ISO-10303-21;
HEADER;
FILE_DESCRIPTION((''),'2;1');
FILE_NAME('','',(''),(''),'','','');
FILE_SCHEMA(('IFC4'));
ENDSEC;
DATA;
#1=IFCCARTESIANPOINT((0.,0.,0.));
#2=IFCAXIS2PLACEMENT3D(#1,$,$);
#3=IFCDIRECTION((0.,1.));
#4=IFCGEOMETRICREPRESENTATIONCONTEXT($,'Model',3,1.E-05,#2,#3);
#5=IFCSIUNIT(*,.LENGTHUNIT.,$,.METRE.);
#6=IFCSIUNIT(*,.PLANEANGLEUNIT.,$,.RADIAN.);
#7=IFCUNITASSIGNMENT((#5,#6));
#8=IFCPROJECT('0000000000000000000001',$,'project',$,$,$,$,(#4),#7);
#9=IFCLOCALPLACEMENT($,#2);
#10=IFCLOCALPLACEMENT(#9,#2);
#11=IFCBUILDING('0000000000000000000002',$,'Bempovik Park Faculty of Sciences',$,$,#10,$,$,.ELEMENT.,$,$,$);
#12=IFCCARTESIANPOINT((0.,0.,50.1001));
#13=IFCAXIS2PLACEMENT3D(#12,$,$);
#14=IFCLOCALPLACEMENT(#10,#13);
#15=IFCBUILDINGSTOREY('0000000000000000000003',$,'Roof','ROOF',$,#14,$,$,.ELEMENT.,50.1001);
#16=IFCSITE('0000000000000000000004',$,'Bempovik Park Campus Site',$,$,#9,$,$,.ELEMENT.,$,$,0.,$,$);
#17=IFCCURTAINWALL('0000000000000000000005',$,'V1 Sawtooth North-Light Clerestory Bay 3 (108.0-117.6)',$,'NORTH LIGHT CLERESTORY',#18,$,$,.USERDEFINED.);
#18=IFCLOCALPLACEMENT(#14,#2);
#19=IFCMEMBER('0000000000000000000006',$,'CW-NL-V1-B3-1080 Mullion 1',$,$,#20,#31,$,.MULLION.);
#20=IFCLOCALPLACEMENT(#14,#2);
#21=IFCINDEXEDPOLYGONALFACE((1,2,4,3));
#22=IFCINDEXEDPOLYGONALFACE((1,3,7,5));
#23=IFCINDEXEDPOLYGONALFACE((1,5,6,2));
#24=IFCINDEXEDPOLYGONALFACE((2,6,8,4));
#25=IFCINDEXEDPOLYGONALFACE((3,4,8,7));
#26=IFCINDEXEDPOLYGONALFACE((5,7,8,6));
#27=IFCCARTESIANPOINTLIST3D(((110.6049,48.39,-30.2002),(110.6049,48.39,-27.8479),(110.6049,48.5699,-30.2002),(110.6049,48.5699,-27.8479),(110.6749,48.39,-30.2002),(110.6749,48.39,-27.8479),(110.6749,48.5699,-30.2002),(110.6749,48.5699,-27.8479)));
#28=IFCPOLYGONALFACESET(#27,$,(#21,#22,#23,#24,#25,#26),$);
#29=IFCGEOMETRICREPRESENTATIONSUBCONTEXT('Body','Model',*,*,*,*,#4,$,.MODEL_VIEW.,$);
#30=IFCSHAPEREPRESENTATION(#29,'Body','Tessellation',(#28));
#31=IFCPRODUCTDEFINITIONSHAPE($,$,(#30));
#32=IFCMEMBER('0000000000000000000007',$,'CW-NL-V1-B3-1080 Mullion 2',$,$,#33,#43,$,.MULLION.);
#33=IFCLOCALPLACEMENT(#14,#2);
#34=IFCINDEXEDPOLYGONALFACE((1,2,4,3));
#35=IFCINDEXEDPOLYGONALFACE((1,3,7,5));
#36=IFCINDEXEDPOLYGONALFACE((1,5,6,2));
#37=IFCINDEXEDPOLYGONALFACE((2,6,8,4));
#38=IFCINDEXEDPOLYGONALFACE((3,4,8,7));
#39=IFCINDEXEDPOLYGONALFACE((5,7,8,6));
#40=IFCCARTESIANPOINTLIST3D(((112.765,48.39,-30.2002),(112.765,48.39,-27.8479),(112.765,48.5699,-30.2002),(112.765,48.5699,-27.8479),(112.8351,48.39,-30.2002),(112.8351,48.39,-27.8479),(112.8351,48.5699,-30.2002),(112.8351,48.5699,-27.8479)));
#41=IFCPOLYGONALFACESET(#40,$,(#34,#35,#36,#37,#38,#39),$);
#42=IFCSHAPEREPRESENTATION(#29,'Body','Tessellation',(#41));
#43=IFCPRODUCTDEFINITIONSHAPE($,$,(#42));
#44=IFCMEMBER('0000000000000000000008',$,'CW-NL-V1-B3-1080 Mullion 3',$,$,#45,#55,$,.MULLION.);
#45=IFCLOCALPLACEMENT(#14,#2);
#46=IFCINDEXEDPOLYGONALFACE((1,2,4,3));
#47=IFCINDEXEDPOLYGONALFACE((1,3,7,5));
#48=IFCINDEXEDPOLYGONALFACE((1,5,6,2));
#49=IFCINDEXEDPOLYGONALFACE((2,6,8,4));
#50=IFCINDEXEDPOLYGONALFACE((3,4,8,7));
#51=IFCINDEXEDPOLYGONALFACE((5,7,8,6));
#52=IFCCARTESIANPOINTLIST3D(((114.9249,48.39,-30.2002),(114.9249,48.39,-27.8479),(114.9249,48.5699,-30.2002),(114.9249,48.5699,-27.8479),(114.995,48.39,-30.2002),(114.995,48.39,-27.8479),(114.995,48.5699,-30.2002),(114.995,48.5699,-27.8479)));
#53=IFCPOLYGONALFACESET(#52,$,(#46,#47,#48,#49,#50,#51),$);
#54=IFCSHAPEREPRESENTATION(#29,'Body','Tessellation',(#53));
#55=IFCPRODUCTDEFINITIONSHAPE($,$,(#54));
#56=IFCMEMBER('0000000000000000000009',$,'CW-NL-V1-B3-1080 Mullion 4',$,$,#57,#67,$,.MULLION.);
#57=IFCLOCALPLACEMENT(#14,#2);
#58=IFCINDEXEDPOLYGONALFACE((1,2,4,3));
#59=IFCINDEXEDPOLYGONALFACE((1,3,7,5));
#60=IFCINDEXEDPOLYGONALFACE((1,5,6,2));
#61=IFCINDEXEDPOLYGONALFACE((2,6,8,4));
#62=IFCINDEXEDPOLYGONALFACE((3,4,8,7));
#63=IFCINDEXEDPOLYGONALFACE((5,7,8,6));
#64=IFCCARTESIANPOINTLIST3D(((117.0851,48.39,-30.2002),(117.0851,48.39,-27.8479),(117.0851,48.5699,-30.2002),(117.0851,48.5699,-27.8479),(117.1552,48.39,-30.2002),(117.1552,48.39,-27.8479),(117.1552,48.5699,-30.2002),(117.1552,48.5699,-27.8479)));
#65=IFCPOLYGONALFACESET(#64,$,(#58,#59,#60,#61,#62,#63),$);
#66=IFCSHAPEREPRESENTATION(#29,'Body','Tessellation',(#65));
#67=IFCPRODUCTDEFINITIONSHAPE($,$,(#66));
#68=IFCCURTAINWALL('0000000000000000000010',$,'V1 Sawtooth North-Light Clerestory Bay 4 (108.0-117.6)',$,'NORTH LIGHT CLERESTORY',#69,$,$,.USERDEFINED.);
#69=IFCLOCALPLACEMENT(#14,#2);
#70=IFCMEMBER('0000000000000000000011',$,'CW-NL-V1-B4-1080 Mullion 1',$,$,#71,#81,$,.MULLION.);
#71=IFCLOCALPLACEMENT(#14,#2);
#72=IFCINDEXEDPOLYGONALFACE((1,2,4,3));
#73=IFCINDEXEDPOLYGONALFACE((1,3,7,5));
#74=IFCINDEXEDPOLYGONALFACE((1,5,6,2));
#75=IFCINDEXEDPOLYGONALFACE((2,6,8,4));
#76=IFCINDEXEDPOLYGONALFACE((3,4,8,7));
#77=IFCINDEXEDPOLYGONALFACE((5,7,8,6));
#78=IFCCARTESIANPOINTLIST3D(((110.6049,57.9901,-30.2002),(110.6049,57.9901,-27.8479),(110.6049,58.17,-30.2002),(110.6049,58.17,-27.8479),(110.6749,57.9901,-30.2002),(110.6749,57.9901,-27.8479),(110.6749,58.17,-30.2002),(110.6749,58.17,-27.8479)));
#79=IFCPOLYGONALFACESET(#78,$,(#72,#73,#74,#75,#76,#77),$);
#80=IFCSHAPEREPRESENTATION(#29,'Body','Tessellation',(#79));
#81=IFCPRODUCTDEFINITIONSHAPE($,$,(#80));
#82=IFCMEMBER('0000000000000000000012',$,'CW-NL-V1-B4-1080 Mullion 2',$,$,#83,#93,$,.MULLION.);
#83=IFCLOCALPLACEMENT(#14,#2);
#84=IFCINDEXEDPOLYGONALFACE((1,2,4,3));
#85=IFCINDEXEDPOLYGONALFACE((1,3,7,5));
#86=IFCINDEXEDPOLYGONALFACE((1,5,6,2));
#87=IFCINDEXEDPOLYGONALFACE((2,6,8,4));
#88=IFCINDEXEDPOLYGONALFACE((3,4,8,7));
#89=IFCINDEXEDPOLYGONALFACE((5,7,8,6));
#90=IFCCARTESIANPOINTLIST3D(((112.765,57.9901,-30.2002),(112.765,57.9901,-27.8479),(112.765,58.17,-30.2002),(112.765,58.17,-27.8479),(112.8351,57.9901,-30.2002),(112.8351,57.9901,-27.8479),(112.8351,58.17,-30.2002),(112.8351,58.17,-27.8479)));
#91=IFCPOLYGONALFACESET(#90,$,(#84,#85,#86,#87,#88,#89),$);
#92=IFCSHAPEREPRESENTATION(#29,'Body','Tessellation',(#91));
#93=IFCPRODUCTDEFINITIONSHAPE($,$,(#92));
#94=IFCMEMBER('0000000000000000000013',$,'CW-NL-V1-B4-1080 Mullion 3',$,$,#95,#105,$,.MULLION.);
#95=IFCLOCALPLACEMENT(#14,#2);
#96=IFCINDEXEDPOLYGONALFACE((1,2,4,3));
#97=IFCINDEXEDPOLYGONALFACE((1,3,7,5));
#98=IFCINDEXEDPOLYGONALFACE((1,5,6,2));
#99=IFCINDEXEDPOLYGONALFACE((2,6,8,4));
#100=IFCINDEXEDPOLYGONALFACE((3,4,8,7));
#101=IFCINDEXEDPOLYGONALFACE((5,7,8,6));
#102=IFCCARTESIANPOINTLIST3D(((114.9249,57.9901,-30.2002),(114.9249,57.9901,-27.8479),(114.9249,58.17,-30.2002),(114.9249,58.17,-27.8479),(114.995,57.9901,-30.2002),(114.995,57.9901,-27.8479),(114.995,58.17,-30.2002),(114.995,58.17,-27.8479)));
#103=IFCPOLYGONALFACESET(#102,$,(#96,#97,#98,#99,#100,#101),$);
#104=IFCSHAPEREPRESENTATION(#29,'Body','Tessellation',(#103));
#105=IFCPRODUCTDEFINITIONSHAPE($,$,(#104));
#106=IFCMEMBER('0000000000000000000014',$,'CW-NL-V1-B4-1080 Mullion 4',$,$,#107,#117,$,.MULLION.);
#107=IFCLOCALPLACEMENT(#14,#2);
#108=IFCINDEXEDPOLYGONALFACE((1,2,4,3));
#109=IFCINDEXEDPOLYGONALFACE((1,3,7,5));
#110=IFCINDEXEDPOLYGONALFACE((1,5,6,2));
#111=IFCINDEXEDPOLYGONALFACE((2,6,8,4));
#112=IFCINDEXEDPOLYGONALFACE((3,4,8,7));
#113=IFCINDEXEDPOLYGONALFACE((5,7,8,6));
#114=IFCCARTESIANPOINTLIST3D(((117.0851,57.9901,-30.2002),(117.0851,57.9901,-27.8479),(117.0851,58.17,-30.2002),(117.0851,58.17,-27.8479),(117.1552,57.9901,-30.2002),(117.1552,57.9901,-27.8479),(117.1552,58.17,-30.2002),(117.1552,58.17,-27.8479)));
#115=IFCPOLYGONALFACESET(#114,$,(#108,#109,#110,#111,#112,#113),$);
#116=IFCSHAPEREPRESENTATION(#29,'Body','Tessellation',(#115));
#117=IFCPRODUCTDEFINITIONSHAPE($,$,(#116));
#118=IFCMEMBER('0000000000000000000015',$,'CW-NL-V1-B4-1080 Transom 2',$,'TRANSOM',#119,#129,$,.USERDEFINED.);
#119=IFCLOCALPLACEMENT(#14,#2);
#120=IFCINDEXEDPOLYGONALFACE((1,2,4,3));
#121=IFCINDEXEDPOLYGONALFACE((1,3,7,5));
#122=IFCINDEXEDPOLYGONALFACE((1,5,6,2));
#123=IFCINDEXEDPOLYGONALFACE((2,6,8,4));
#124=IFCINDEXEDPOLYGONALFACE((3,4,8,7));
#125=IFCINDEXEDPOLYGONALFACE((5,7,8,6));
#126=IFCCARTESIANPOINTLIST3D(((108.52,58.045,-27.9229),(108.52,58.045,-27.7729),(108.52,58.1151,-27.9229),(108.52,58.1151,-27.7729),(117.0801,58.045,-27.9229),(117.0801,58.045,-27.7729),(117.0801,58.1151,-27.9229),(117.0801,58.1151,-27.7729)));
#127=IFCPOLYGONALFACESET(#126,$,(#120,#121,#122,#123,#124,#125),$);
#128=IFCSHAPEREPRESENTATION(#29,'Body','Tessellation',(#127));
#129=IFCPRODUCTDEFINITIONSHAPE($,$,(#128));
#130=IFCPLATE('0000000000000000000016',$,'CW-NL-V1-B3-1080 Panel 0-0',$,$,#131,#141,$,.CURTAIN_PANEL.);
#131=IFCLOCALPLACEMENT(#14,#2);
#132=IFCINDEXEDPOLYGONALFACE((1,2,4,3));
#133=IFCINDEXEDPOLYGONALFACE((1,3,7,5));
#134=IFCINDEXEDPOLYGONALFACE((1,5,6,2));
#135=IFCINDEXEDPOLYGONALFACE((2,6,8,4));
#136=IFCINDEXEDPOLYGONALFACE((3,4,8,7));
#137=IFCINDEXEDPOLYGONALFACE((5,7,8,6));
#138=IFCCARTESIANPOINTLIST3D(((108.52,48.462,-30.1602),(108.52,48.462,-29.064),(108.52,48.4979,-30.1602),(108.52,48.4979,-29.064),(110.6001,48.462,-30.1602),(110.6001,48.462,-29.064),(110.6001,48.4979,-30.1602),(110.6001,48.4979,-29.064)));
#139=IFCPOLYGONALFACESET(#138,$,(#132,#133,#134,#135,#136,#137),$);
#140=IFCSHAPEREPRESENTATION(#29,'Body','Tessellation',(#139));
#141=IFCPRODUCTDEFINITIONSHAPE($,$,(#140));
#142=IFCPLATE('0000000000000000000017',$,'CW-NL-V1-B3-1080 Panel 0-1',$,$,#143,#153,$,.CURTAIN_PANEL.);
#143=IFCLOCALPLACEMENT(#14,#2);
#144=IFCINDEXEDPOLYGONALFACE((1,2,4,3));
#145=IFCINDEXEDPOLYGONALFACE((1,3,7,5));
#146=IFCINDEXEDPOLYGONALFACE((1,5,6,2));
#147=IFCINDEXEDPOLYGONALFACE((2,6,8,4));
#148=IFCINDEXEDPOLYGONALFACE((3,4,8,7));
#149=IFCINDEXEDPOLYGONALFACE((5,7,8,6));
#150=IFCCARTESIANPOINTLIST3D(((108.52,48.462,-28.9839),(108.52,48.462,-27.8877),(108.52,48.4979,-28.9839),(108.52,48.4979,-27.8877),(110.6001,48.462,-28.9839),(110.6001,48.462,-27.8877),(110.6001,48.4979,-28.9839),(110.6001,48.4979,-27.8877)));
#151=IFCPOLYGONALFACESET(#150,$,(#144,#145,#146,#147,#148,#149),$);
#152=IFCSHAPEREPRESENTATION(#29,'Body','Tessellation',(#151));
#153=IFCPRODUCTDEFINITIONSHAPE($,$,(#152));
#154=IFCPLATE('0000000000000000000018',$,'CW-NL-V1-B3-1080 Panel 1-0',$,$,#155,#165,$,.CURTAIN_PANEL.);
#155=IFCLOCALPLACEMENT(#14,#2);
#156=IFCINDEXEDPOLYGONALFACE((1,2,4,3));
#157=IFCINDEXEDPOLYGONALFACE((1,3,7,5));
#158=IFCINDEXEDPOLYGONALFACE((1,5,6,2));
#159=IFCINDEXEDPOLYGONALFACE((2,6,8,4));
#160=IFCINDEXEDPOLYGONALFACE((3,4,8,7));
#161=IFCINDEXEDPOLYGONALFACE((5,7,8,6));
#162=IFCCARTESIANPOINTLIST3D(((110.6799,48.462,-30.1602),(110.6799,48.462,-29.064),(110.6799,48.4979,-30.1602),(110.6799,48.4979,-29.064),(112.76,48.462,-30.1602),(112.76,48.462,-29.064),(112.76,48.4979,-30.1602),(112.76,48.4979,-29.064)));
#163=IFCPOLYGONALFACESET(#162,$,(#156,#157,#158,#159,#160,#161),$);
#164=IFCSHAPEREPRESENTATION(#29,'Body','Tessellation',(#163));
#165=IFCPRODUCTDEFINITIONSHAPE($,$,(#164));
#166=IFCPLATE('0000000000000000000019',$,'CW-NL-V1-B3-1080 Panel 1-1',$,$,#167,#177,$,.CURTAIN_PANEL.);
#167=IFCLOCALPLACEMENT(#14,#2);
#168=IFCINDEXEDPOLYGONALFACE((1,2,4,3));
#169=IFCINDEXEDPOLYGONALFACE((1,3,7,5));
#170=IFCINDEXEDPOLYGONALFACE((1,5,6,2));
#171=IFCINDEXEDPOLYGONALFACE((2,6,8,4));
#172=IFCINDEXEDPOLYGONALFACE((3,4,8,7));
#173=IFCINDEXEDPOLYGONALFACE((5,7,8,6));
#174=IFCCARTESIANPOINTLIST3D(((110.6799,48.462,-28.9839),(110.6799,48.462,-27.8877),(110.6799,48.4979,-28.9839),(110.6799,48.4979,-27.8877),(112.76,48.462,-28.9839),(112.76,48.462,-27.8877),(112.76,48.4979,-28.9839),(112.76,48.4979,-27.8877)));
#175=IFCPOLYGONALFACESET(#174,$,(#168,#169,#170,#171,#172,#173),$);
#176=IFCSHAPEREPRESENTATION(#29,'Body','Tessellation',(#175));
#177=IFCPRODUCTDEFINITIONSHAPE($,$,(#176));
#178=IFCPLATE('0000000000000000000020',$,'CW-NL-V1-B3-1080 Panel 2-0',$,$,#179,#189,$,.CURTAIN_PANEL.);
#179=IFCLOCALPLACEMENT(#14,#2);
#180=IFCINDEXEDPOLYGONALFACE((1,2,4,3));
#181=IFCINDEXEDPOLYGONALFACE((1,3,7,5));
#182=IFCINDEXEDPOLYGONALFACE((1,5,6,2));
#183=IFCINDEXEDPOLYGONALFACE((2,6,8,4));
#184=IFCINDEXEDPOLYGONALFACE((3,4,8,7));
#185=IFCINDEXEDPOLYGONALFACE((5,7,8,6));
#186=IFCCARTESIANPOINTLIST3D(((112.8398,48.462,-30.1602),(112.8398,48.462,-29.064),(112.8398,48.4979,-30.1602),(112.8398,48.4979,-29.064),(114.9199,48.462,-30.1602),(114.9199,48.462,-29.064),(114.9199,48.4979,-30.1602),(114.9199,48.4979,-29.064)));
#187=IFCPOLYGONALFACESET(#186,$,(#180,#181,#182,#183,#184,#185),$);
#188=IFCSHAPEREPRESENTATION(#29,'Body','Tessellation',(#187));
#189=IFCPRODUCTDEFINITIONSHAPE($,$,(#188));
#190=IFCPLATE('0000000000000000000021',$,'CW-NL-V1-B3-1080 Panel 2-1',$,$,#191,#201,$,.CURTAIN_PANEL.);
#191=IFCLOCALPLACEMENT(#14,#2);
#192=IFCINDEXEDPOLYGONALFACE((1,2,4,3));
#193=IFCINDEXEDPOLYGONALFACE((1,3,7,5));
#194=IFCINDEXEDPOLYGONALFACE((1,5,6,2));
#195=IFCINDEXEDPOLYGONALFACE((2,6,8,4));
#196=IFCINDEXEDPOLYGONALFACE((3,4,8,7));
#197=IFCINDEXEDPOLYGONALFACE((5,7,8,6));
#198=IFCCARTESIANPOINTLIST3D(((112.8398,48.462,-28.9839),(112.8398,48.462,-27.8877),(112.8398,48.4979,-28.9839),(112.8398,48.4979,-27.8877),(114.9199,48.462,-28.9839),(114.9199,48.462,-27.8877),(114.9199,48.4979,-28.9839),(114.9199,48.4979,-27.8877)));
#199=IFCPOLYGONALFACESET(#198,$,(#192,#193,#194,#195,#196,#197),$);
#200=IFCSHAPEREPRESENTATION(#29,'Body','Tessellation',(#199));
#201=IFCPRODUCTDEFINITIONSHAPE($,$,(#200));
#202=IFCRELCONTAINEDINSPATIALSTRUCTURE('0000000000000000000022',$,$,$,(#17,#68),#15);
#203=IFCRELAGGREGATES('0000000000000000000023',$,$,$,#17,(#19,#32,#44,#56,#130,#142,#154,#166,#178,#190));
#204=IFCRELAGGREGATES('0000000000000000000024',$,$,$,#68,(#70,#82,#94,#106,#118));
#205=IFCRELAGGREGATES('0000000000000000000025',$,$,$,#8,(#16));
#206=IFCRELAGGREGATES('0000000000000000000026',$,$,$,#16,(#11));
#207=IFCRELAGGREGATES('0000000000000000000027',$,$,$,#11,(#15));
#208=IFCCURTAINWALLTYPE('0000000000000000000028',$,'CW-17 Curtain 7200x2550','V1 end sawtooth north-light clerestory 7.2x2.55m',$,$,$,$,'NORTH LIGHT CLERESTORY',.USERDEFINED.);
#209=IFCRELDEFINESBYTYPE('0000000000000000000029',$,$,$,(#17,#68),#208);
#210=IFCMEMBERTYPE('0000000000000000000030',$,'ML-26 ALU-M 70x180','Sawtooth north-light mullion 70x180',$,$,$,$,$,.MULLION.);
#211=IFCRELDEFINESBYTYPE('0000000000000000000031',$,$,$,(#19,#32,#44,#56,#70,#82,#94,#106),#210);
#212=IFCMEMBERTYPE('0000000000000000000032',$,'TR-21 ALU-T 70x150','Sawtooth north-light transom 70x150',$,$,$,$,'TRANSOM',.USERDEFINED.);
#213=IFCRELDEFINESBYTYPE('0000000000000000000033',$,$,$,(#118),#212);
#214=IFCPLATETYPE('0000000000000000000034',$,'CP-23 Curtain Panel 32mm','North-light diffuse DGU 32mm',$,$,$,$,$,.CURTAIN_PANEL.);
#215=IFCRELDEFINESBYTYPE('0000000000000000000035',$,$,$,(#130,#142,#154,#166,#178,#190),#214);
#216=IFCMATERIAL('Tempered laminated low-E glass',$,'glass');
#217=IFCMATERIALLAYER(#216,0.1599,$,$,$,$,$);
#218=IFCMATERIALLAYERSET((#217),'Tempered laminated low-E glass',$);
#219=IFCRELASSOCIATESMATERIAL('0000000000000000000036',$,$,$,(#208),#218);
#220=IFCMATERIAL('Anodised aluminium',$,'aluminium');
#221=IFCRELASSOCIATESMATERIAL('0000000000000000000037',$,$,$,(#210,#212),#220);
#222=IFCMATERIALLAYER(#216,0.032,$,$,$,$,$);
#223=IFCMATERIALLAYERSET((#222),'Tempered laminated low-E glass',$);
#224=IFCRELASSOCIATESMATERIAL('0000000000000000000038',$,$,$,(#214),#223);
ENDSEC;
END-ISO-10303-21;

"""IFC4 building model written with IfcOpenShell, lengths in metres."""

from ifc_helpers import new_model, si_unit, direction, frame, origin, origin_2d, place, context, subcontext, project, spatial, rectangle, extrude, material, layer, layer_set, material_profile, profile_set, type_object, element, aggregate, save


model = new_model("IFC4")

# Units and contexts
model_context = context("Model", 3, precision=1e-05, world=origin(), true_north=direction((0.0, 1.0)))
body_context = subcontext(model_context, "Body", "Model", "MODEL_VIEW")
ifc_project = project(units=[si_unit("LENGTHUNIT", "METRE"), si_unit("PLANEANGLEUNIT", "RADIAN")], contexts=[model_context])

# Site, building, storey
site_placement = place(None, origin())
site = spatial("IfcSite", under=ifc_project, at=site_placement, Name="Bempovik Park Campus Site", CompositionType="ELEMENT", RefElevation=0.0)
building_placement = place(site_placement, origin())
building = spatial("IfcBuilding", under=site, at=building_placement, Name="Bempovik Park Faculty of Sciences", CompositionType="ELEMENT")
storey_placement = place(building_placement, frame((0.0, 0.0, 50.1001)))
storey = spatial("IfcBuildingStorey", under=building, at=storey_placement, Name="Roof", Description="ROOF", CompositionType="ELEMENT", Elevation=50.1001)

# Curtain walls, members
ifc_material_1 = material(Name="Tempered laminated low-E glass", Category="glass")
ifc_layer_1 = layer(ifc_material_1, 0.1599)
ifc_layer_set_1 = layer_set([ifc_layer_1], Name="Tempered laminated low-E glass")
curtain_wall_type = type_object("IfcCurtainWallType", Name="CW-17 Curtain 7200x2550", Description="V1 end sawtooth north-light clerestory 7.2x2.55m", ElementType="NORTH LIGHT CLERESTORY", PredefinedType="USERDEFINED", material=ifc_layer_set_1)
curtain_wall_1_placement = place(storey_placement, origin())
curtain_wall_1 = element("IfcCurtainWall", 1, at=curtain_wall_1_placement, inside=storey, type_object=curtain_wall_type, Name="V1 Sawtooth North-Light Clerestory Bay 3 (108.0-117.6)", ObjectType="NORTH LIGHT CLERESTORY", PredefinedType="USERDEFINED")
ifc_material_2 = material(Name="Anodised aluminium", Category="aluminium")
ifc_material_profile_1 = material_profile(ifc_material_2, rectangle(XDim=0.0701, YDim=0.1799, at=origin_2d()), Name="ALU-M 70x180")
ifc_profile_set_1 = profile_set([ifc_material_profile_1], Name="Anodised aluminium")
member_type_1 = type_object("IfcMemberType", Name="ML-26 ALU-M 70x180", Description="Sawtooth north-light mullion 70x180", PredefinedType="MULLION", material=ifc_profile_set_1)
member_1_placement = place(storey_placement, frame((110.6399, 48.48, -30.2002), z_axis=(0.0, 0.0, 1.0), x_axis=(1.0, 0.0, 0.0)))
member_1 = element("IfcMember", 2, at=member_1_placement, type_object=member_type_1, Name="CW-NL-V1-B3-1080 Mullion 1", PredefinedType="MULLION", context=body_context, shape_type="SweptSolid", body=[
    extrude(rectangle(XDim=0.0701, YDim=0.1799, at=origin_2d()), origin(), (0.0, 0.0, 1.0), 2.3523),
])
member_2_placement = place(storey_placement, frame((112.8, 48.48, -30.2002), z_axis=(0.0, 0.0, 1.0), x_axis=(1.0, 0.0, 0.0)))
member_2 = element("IfcMember", 3, at=member_2_placement, type_object=member_type_1, Name="CW-NL-V1-B3-1080 Mullion 2", PredefinedType="MULLION", context=body_context, shape_type="SweptSolid", body=[
    extrude(rectangle(XDim=0.0701, YDim=0.1799, at=origin_2d()), origin(), (0.0, 0.0, 1.0), 2.3523),
])
member_3_placement = place(storey_placement, frame((114.96, 48.48, -30.2002), z_axis=(0.0, 0.0, 1.0), x_axis=(1.0, 0.0, 0.0)))
member_3 = element("IfcMember", 4, at=member_3_placement, type_object=member_type_1, Name="CW-NL-V1-B3-1080 Mullion 3", PredefinedType="MULLION", context=body_context, shape_type="SweptSolid", body=[
    extrude(rectangle(XDim=0.0701, YDim=0.1799, at=origin_2d()), origin(), (0.0, 0.0, 1.0), 2.3523),
])
member_4_placement = place(storey_placement, frame((117.1201, 48.48, -30.2002), z_axis=(0.0, 0.0, 1.0), x_axis=(1.0, 0.0, 0.0)))
member_4 = element("IfcMember", 5, at=member_4_placement, type_object=member_type_1, Name="CW-NL-V1-B3-1080 Mullion 4", PredefinedType="MULLION", context=body_context, shape_type="SweptSolid", body=[
    extrude(rectangle(XDim=0.0701, YDim=0.1799, at=origin_2d()), origin(), (0.0, 0.0, 1.0), 2.3523),
])
curtain_wall_2_placement = place(storey_placement, origin())
curtain_wall_2 = element("IfcCurtainWall", 6, at=curtain_wall_2_placement, inside=storey, type_object=curtain_wall_type, Name="V1 Sawtooth North-Light Clerestory Bay 4 (108.0-117.6)", ObjectType="NORTH LIGHT CLERESTORY", PredefinedType="USERDEFINED")
member_5_placement = place(storey_placement, frame((110.6399, 58.0801, -30.2002), z_axis=(0.0, 0.0, 1.0), x_axis=(1.0, 0.0, 0.0)))
member_5 = element("IfcMember", 7, at=member_5_placement, type_object=member_type_1, Name="CW-NL-V1-B4-1080 Mullion 1", PredefinedType="MULLION", context=body_context, shape_type="SweptSolid", body=[
    extrude(rectangle(XDim=0.0701, YDim=0.1799, at=origin_2d()), origin(), (0.0, 0.0, 1.0), 2.3523),
])
member_6_placement = place(storey_placement, frame((112.8, 58.0801, -30.2002), z_axis=(0.0, 0.0, 1.0), x_axis=(1.0, 0.0, 0.0)))
member_6 = element("IfcMember", 8, at=member_6_placement, type_object=member_type_1, Name="CW-NL-V1-B4-1080 Mullion 2", PredefinedType="MULLION", context=body_context, shape_type="SweptSolid", body=[
    extrude(rectangle(XDim=0.0701, YDim=0.1799, at=origin_2d()), origin(), (0.0, 0.0, 1.0), 2.3523),
])
member_7_placement = place(storey_placement, frame((114.96, 58.0801, -30.2002), z_axis=(0.0, 0.0, 1.0), x_axis=(1.0, 0.0, 0.0)))
member_7 = element("IfcMember", 9, at=member_7_placement, type_object=member_type_1, Name="CW-NL-V1-B4-1080 Mullion 3", PredefinedType="MULLION", context=body_context, shape_type="SweptSolid", body=[
    extrude(rectangle(XDim=0.0701, YDim=0.1799, at=origin_2d()), origin(), (0.0, 0.0, 1.0), 2.3523),
])
member_8_placement = place(storey_placement, frame((117.1201, 58.0801, -30.2002), z_axis=(0.0, 0.0, 1.0), x_axis=(1.0, 0.0, 0.0)))
member_8 = element("IfcMember", 10, at=member_8_placement, type_object=member_type_1, Name="CW-NL-V1-B4-1080 Mullion 4", PredefinedType="MULLION", context=body_context, shape_type="SweptSolid", body=[
    extrude(rectangle(XDim=0.0701, YDim=0.1799, at=origin_2d()), origin(), (0.0, 0.0, 1.0), 2.3523),
])
ifc_material_profile_2 = material_profile(ifc_material_2, rectangle(XDim=0.0701, YDim=0.1499, at=origin_2d()), Name="ALU-T 70x150")
ifc_profile_set_2 = profile_set([ifc_material_profile_2], Name="Anodised aluminium")
member_type_2 = type_object("IfcMemberType", Name="TR-21 ALU-T 70x150", Description="Sawtooth north-light transom 70x150", ElementType="TRANSOM", PredefinedType="USERDEFINED", material=ifc_profile_set_2)
member_9_placement = place(storey_placement, frame((108.52, 58.0801, -27.8479), z_axis=(1.0, 0.0, 0.0), x_axis=(0.0, 1.0, 0.0)))
member_9 = element("IfcMember", 11, at=member_9_placement, type_object=member_type_2, Name="CW-NL-V1-B4-1080 Transom 2", ObjectType="TRANSOM", PredefinedType="USERDEFINED", context=body_context, shape_type="SweptSolid", body=[
    extrude(rectangle(XDim=0.0701, YDim=0.1499, at=origin_2d()), origin(), (0.0, 0.0, 1.0), 8.5601),
])

# Plates
ifc_layer_2 = layer(ifc_material_1, 0.032)
ifc_layer_set_2 = layer_set([ifc_layer_2], Name="Tempered laminated low-E glass")
plate_type = type_object("IfcPlateType", Name="CP-23 Curtain Panel 32mm", Description="North-light diffuse DGU 32mm", PredefinedType="CURTAIN_PANEL", material=ifc_layer_set_2)
plate_1_placement = place(storey_placement, frame((109.5601, 48.48, -30.1602), z_axis=(0.0, 0.0, 1.0), x_axis=(1.0, 0.0, 0.0)))
plate_1 = element("IfcPlate", 12, at=plate_1_placement, type_object=plate_type, Name="CW-NL-V1-B3-1080 Panel 0-0", PredefinedType="CURTAIN_PANEL", context=body_context, shape_type="SweptSolid", body=[
    extrude(rectangle(XDim=2.0801, YDim=0.0359, at=origin_2d()), origin(), (0.0, 0.0, 1.0), 1.0962),
])
plate_2_placement = place(storey_placement, frame((109.5601, 48.48, -28.9839), z_axis=(0.0, 0.0, 1.0), x_axis=(1.0, 0.0, 0.0)))
plate_2 = element("IfcPlate", 13, at=plate_2_placement, type_object=plate_type, Name="CW-NL-V1-B3-1080 Panel 0-1", PredefinedType="CURTAIN_PANEL", context=body_context, shape_type="SweptSolid", body=[
    extrude(rectangle(XDim=2.0801, YDim=0.0359, at=origin_2d()), origin(), (0.0, 0.0, 1.0), 1.0962),
])
plate_3_placement = place(storey_placement, frame((111.72, 48.48, -30.1602), z_axis=(0.0, 0.0, 1.0), x_axis=(1.0, 0.0, 0.0)))
plate_3 = element("IfcPlate", 14, at=plate_3_placement, type_object=plate_type, Name="CW-NL-V1-B3-1080 Panel 1-0", PredefinedType="CURTAIN_PANEL", context=body_context, shape_type="SweptSolid", body=[
    extrude(rectangle(XDim=2.0801, YDim=0.0359, at=origin_2d()), origin(), (0.0, 0.0, 1.0), 1.0962),
])
plate_4_placement = place(storey_placement, frame((111.72, 48.48, -28.9839), z_axis=(0.0, 0.0, 1.0), x_axis=(1.0, 0.0, 0.0)))
plate_4 = element("IfcPlate", 15, at=plate_4_placement, type_object=plate_type, Name="CW-NL-V1-B3-1080 Panel 1-1", PredefinedType="CURTAIN_PANEL", context=body_context, shape_type="SweptSolid", body=[
    extrude(rectangle(XDim=2.0801, YDim=0.0359, at=origin_2d()), origin(), (0.0, 0.0, 1.0), 1.0962),
])
plate_5_placement = place(storey_placement, frame((113.8799, 48.48, -30.1602), z_axis=(0.0, 0.0, 1.0), x_axis=(1.0, 0.0, 0.0)))
plate_5 = element("IfcPlate", 16, at=plate_5_placement, type_object=plate_type, Name="CW-NL-V1-B3-1080 Panel 2-0", PredefinedType="CURTAIN_PANEL", context=body_context, shape_type="SweptSolid", body=[
    extrude(rectangle(XDim=2.0801, YDim=0.0359, at=origin_2d()), origin(), (0.0, 0.0, 1.0), 1.0962),
])
plate_6_placement = place(storey_placement, frame((113.8799, 48.48, -28.9839), z_axis=(0.0, 0.0, 1.0), x_axis=(1.0, 0.0, 0.0)))
plate_6 = element("IfcPlate", 17, at=plate_6_placement, type_object=plate_type, Name="CW-NL-V1-B3-1080 Panel 2-1", PredefinedType="CURTAIN_PANEL", context=body_context, shape_type="SweptSolid", body=[
    extrude(rectangle(XDim=2.0801, YDim=0.0359, at=origin_2d()), origin(), (0.0, 0.0, 1.0), 1.0962),
])
aggregate(curtain_wall_1, [member_1, member_2, member_3, member_4, plate_1, plate_2, plate_3, plate_4, plate_5, plate_6])
aggregate(curtain_wall_2, [member_5, member_6, member_7, member_8, member_9])

save(model, "model.ifc")
